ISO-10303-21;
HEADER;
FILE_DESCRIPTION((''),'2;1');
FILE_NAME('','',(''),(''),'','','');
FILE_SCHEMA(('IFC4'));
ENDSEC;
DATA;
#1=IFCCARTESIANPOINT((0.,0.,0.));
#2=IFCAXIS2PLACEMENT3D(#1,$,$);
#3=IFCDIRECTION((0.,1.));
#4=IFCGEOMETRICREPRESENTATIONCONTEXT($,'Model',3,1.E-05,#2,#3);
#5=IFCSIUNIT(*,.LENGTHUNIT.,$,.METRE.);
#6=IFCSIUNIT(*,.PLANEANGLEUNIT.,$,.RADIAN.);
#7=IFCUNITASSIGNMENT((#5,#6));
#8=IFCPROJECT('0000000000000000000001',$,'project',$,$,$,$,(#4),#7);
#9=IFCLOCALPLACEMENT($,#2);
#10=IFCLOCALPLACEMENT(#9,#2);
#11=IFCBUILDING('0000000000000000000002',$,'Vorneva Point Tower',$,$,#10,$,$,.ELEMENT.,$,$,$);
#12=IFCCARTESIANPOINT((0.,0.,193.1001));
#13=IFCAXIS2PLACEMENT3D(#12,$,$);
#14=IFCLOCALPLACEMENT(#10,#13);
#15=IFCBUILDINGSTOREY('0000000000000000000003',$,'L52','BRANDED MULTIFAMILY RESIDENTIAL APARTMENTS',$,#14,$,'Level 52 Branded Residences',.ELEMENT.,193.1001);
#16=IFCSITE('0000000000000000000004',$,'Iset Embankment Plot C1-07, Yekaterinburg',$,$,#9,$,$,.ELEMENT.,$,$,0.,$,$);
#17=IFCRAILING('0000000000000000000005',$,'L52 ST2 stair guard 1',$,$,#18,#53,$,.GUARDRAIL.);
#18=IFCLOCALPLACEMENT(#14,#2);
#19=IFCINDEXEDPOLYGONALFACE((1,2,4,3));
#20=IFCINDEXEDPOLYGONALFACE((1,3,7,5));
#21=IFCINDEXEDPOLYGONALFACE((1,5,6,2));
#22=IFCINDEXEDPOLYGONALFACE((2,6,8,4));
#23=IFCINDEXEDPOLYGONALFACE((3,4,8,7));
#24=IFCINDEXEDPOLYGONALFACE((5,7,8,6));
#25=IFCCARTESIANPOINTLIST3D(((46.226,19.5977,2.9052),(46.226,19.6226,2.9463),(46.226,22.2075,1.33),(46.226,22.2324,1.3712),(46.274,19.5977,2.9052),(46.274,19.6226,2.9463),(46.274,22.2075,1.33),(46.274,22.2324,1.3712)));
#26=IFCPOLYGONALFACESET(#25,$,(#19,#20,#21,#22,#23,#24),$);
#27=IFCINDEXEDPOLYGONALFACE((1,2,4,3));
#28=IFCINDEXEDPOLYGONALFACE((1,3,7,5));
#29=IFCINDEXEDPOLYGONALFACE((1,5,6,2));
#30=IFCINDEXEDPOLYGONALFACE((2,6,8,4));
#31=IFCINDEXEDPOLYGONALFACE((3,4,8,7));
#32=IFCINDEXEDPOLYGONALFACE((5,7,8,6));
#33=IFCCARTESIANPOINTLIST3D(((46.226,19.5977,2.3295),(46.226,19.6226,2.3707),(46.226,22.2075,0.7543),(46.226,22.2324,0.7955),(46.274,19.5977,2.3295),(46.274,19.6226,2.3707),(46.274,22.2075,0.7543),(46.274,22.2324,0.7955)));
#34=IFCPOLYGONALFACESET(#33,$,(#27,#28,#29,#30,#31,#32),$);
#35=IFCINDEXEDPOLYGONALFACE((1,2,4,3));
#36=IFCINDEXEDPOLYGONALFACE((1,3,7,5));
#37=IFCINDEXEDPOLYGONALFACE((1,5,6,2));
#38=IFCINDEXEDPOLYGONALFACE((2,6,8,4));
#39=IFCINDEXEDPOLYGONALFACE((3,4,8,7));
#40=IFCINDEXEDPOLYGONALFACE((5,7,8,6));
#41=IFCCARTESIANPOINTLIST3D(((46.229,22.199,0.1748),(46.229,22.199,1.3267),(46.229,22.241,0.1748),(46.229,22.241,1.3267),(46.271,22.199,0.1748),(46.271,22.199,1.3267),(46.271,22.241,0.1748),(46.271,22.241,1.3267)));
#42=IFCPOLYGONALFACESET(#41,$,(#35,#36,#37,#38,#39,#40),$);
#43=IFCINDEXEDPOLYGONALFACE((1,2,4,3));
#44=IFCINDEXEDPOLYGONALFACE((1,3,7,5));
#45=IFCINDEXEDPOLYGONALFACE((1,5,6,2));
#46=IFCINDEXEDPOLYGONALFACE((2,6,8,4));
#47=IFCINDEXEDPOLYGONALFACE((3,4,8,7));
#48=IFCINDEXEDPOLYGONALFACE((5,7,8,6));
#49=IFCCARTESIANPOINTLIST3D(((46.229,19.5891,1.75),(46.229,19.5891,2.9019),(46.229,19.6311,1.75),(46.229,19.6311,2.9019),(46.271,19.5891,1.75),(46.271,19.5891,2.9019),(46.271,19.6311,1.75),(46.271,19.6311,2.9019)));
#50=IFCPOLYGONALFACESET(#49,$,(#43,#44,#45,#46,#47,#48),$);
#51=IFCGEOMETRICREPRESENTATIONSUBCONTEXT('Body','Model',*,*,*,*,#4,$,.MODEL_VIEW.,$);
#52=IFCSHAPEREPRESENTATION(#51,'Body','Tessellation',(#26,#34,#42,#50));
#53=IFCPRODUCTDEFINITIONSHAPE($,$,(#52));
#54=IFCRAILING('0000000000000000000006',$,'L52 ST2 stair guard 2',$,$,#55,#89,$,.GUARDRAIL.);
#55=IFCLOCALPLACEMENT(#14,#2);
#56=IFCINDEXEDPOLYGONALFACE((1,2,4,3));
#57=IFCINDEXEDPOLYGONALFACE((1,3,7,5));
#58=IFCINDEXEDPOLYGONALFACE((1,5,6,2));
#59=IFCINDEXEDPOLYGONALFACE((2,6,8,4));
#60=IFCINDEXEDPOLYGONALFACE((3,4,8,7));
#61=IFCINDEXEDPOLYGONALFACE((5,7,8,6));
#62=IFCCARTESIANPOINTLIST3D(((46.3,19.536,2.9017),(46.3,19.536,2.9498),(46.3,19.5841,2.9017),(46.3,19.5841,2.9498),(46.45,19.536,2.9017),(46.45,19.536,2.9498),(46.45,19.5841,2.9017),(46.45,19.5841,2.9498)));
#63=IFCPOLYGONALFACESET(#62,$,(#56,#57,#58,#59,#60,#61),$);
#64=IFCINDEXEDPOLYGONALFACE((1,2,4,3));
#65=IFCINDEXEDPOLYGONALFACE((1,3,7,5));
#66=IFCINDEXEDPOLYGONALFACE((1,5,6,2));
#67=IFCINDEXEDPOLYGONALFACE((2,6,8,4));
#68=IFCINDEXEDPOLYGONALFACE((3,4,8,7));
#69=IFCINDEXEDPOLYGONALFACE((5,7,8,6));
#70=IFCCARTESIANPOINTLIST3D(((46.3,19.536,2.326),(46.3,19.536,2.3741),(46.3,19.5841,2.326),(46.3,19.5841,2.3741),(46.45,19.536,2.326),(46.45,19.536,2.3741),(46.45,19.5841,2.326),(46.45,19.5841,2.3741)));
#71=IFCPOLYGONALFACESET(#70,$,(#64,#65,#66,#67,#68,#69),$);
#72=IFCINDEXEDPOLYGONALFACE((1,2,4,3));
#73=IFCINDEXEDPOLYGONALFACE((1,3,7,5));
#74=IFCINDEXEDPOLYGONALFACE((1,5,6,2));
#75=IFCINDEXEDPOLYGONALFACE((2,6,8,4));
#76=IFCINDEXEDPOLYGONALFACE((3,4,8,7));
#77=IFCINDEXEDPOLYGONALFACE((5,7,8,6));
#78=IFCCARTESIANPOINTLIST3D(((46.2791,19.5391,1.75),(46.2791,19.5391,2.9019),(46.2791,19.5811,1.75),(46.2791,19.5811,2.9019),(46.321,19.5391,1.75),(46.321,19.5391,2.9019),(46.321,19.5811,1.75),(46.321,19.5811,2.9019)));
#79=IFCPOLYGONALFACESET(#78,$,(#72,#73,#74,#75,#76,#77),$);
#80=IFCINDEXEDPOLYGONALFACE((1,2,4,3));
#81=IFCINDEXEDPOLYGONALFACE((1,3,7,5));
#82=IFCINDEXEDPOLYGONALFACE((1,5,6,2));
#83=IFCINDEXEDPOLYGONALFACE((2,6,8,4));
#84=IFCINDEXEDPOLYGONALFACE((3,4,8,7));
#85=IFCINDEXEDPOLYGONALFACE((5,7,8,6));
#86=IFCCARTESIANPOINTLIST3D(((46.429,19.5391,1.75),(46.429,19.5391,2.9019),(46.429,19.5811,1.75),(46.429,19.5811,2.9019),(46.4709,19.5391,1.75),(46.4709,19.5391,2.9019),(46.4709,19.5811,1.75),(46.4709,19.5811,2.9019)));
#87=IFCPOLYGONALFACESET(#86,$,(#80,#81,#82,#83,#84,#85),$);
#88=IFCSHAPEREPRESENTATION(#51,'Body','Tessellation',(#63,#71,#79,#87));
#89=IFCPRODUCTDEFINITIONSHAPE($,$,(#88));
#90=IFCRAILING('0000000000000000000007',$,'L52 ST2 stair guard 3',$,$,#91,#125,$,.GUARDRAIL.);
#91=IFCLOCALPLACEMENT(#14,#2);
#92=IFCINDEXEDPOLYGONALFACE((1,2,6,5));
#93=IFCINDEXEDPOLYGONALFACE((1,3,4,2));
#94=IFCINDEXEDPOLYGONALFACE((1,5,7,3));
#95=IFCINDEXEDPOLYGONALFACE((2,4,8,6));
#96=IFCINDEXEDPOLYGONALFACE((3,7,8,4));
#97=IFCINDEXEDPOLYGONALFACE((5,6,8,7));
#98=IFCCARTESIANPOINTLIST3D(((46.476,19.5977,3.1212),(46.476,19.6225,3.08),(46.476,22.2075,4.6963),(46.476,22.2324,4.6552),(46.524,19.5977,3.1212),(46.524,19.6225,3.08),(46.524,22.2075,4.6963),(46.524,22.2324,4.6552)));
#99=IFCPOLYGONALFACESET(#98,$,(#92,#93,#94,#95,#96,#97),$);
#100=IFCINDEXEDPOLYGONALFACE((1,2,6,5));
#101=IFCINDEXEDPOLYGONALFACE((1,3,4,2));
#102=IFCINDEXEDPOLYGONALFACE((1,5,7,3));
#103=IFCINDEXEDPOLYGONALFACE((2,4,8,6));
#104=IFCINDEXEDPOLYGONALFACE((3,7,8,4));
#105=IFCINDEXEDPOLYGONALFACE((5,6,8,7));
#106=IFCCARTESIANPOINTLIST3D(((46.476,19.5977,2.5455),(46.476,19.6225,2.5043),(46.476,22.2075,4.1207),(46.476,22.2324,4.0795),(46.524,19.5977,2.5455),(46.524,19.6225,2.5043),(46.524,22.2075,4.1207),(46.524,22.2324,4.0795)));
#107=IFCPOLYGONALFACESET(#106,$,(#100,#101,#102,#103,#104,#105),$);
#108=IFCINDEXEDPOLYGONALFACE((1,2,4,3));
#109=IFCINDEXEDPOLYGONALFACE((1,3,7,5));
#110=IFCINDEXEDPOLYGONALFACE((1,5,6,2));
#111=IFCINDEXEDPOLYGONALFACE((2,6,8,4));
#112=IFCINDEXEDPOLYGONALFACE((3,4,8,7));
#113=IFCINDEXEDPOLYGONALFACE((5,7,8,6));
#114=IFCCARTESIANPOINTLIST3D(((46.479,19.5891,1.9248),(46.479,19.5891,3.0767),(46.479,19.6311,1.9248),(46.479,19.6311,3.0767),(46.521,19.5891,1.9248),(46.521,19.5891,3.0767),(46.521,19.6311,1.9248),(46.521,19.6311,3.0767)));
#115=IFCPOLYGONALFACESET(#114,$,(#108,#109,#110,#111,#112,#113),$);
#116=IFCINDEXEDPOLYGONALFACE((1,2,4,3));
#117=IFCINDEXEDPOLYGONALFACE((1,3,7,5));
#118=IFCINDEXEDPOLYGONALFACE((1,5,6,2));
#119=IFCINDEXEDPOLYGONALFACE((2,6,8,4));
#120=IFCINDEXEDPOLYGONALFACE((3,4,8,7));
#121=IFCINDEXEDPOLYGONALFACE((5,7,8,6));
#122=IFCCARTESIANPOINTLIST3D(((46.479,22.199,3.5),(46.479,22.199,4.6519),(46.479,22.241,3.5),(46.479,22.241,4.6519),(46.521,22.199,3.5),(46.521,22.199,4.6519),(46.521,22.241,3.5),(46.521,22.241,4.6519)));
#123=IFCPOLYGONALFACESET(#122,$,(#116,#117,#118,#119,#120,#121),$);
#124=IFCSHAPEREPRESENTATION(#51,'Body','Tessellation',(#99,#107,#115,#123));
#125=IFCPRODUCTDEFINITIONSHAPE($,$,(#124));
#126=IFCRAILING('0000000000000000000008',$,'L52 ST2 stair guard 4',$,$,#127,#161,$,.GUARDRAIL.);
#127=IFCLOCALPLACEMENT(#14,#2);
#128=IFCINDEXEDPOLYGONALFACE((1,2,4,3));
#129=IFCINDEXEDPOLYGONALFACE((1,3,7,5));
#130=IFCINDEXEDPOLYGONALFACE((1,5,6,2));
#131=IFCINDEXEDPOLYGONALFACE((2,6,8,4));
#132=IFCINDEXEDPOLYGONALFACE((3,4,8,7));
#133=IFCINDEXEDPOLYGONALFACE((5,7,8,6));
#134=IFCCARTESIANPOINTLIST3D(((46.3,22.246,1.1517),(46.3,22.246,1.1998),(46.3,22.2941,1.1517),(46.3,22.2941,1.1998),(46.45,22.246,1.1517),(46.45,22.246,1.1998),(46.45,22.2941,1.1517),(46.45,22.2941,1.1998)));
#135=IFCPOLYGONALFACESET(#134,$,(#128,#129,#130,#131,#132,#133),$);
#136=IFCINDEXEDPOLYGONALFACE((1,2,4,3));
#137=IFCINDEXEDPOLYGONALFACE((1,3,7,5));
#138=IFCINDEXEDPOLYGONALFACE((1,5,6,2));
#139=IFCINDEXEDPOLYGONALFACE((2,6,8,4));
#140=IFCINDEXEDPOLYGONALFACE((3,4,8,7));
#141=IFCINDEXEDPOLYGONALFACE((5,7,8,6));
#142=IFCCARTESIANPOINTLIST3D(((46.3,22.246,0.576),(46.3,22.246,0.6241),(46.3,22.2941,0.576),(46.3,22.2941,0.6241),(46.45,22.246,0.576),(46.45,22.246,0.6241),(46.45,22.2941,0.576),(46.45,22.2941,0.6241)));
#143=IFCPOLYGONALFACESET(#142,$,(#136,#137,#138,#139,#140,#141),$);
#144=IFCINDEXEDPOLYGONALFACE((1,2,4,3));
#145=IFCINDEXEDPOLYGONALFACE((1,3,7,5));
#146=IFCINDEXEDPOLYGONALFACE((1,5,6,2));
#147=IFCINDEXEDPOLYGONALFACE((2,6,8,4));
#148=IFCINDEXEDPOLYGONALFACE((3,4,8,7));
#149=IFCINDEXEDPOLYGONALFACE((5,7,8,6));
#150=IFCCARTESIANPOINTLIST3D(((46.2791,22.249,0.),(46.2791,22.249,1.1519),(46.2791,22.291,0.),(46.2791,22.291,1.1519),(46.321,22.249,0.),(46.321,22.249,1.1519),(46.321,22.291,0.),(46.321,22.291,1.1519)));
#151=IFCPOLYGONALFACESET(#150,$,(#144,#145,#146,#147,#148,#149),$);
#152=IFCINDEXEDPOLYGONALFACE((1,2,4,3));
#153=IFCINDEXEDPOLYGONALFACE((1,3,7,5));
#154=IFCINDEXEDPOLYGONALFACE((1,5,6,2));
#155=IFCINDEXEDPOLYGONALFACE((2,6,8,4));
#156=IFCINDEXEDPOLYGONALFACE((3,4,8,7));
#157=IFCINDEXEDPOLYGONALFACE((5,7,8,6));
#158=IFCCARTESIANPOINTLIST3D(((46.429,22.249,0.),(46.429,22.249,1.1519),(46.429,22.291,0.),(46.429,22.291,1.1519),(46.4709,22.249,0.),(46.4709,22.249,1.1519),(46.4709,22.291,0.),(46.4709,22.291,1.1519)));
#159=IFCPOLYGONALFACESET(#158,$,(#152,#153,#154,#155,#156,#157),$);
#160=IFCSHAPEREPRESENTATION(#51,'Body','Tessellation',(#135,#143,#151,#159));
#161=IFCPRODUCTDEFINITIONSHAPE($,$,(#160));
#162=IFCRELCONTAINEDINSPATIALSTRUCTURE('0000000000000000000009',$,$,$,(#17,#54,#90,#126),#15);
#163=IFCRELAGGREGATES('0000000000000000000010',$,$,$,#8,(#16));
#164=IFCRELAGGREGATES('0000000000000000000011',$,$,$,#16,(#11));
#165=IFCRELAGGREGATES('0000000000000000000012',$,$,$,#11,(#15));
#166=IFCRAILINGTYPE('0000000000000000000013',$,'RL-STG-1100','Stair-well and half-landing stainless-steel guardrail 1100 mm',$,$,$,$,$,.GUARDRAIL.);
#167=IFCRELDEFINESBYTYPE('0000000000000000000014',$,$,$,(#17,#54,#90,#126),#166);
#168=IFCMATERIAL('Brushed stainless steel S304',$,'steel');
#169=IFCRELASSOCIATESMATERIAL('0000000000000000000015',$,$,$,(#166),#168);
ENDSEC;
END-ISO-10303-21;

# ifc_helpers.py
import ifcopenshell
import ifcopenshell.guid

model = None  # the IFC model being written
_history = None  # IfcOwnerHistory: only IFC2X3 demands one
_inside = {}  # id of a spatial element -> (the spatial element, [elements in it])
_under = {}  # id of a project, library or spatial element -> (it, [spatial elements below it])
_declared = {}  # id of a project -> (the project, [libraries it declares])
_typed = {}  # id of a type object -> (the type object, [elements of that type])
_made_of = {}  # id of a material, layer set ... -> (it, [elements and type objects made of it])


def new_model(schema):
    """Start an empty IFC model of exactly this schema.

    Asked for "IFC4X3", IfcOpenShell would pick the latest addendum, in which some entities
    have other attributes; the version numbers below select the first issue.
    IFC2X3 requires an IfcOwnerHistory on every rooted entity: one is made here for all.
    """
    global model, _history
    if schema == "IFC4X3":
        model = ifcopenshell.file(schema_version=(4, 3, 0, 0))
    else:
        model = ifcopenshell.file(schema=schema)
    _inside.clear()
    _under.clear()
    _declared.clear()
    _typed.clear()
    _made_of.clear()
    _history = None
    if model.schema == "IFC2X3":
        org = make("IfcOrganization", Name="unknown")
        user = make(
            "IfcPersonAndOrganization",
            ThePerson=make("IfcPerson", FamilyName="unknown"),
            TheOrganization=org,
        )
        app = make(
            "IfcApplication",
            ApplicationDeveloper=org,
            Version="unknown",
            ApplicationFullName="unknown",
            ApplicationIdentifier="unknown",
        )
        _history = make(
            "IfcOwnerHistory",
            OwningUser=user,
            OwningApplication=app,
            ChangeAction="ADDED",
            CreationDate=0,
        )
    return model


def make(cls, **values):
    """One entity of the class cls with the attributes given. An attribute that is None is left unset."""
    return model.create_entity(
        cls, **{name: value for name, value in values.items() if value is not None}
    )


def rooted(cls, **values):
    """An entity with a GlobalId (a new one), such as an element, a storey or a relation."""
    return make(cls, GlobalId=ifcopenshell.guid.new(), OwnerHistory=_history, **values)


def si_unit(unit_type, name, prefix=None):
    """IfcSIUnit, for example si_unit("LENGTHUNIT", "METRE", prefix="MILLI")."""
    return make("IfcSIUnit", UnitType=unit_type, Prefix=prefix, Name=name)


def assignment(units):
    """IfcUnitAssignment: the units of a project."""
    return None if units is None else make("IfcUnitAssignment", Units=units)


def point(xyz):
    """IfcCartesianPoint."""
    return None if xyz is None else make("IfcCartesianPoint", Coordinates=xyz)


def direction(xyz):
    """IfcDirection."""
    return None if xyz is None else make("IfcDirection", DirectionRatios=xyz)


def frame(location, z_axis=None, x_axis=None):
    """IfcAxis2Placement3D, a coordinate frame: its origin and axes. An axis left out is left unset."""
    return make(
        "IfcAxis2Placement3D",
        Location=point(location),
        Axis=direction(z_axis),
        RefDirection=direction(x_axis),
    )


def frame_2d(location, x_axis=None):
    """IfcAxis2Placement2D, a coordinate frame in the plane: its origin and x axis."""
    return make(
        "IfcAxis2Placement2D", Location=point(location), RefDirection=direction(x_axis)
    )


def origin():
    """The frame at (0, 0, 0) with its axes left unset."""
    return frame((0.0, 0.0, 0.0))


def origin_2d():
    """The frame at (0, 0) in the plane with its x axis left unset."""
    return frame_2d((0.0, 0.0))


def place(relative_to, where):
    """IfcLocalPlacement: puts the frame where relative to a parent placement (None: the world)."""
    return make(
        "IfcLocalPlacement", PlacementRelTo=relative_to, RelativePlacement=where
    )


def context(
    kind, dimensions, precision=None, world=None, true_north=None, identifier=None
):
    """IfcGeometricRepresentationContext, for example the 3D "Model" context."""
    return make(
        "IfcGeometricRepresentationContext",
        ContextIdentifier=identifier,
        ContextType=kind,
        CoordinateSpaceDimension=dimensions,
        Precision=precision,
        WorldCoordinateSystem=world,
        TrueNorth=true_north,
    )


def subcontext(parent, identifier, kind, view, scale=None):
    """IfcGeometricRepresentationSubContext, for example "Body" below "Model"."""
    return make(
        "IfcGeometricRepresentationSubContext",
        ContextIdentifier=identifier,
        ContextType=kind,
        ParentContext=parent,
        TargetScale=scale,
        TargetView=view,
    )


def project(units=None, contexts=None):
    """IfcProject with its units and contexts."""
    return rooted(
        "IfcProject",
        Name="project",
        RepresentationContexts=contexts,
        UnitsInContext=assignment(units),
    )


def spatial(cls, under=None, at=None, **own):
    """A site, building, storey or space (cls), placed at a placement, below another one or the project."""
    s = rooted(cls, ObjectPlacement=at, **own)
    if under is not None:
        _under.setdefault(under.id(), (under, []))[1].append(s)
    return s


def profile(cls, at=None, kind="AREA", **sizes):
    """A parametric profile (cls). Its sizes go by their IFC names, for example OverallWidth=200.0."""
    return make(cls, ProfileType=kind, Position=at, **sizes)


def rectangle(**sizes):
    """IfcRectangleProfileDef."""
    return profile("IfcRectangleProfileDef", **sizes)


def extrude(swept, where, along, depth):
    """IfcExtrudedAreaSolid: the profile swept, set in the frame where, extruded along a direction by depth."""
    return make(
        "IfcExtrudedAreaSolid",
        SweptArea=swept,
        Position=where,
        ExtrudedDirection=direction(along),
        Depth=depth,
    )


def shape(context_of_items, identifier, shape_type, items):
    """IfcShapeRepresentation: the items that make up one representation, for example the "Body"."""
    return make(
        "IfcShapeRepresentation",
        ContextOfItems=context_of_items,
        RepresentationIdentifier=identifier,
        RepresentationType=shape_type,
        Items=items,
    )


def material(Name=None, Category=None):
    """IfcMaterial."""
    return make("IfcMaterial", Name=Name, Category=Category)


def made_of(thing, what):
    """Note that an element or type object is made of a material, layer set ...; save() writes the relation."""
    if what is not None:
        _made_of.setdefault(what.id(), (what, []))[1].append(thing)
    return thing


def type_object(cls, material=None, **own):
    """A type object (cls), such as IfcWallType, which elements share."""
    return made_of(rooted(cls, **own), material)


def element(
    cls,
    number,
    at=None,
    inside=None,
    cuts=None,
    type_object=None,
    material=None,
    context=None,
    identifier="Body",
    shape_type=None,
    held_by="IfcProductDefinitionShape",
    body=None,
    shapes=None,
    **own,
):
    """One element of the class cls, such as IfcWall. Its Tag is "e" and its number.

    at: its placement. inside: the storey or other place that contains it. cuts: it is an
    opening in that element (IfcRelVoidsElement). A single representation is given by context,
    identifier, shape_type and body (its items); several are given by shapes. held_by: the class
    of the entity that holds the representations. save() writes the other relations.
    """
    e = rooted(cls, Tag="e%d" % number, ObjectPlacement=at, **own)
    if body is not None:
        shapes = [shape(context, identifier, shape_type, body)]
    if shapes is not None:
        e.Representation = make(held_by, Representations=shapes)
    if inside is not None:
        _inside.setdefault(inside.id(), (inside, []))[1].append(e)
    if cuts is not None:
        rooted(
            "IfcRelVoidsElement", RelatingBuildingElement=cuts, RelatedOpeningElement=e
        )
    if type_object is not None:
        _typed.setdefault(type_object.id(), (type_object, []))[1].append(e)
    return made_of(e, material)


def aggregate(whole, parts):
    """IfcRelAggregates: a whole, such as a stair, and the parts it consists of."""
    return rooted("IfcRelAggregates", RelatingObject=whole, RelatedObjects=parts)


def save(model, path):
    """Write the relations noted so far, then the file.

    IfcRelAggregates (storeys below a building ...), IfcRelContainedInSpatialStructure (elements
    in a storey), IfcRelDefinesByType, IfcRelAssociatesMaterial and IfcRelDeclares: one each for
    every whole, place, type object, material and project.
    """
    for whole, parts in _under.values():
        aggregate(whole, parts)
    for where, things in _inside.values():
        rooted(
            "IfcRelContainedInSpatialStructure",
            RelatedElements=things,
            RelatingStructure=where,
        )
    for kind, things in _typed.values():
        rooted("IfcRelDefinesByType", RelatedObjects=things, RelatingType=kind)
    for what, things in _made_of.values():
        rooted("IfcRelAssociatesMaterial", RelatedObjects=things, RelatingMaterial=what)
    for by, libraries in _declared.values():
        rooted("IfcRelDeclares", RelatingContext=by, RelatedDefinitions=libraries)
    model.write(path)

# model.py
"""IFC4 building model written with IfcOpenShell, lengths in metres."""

from ifc_helpers import new_model, si_unit, direction, frame, origin, origin_2d, place, context, subcontext, project, spatial, rectangle, extrude, material, type_object, element, save


model = new_model("IFC4")

# Units and contexts
model_context = context("Model", 3, precision=1e-05, world=origin(), true_north=direction((0.0, 1.0)))
body_context = subcontext(model_context, "Body", "Model", "MODEL_VIEW")
ifc_project = project(units=[si_unit("LENGTHUNIT", "METRE"), si_unit("PLANEANGLEUNIT", "RADIAN")], contexts=[model_context])

# Site, building, storey
site_placement = place(None, origin())
site = spatial("IfcSite", under=ifc_project, at=site_placement, Name="Iset Embankment Plot C1-07, Yekaterinburg", CompositionType="ELEMENT", RefElevation=0.0)
building_placement = place(site_placement, origin())
building = spatial("IfcBuilding", under=site, at=building_placement, Name="Vorneva Point Tower", CompositionType="ELEMENT")
storey_placement = place(building_placement, frame((0.0, 0.0, 193.1001)))
storey = spatial("IfcBuildingStorey", under=building, at=storey_placement, Name="L52", Description="BRANDED MULTIFAMILY RESIDENTIAL APARTMENTS", LongName="Level 52 Branded Residences", CompositionType="ELEMENT", Elevation=193.1001)

# Railings
ifc_material_1 = material(Name="Brushed stainless steel S304", Category="steel")
railing_type_1 = type_object("IfcRailingType", Name="RL-STG-1100", Description="Stair-well and half-landing stainless-steel guardrail 1100 mm", PredefinedType="GUARDRAIL", material=ifc_material_1)
railing_1_placement = place(storey_placement, frame((46.25, 22.22, 0.1748)))
element("IfcRailing", 1, at=railing_1_placement, inside=storey, type_object=railing_type_1, Name="L52 ST2 stair guard 1", PredefinedType="GUARDRAIL", context=body_context, shape_type="SweptSolid", body=[
    extrude(rectangle(XDim=0.0481, YDim=0.0481, at=origin_2d()), frame((0.0, 0.0, 1.1758), z_axis=(0.0, -0.856147, 0.516732), x_axis=(1.0, 0.0, 0.0)), (0.0, 0.0, 1.0), 3.0483),
    extrude(rectangle(XDim=0.0481, YDim=0.0481, at=origin_2d()), frame((0.0, 0.0, 0.6001), z_axis=(0.0, -0.856147, 0.516732), x_axis=(1.0, 0.0, 0.0)), (0.0, 0.0, 1.0), 3.0483),
    extrude(rectangle(XDim=0.042, YDim=0.042, at=origin_2d()), origin(), (0.0, 0.0, 1.0), 1.1519),
    extrude(rectangle(XDim=0.042, YDim=0.042, at=origin_2d()), frame((0.0, -2.6099, 1.5752)), (0.0, 0.0, 1.0), 1.1519),
])
railing_2_placement = place(storey_placement, frame((46.3, 19.5601, 1.75)))
element("IfcRailing", 2, at=railing_2_placement, inside=storey, type_object=railing_type_1, Name="L52 ST2 stair guard 2", PredefinedType="GUARDRAIL", context=body_context, shape_type="SweptSolid", body=[
    extrude(rectangle(XDim=0.0481, YDim=0.0481, at=origin_2d()), frame((0.0, 0.0, 1.1758), z_axis=(1.0, 0.0, 0.0), x_axis=(0.0, 1.0, 0.0)), (0.0, 0.0, 1.0), 0.1499),
    extrude(rectangle(XDim=0.0481, YDim=0.0481, at=origin_2d()), frame((0.0, 0.0, 0.6001), z_axis=(1.0, 0.0, 0.0), x_axis=(0.0, 1.0, 0.0)), (0.0, 0.0, 1.0), 0.1499),
    extrude(rectangle(XDim=0.042, YDim=0.042, at=origin_2d()), origin(), (0.0, 0.0, 1.0), 1.1519),
    extrude(rectangle(XDim=0.042, YDim=0.042, at=origin_2d()), frame((0.1499, 0.0, 0.0)), (0.0, 0.0, 1.0), 1.1519),
])
railing_3_placement = place(storey_placement, frame((46.5, 19.6101, 1.9248)))
element("IfcRailing", 3, at=railing_3_placement, inside=storey, type_object=railing_type_1, Name="L52 ST2 stair guard 3", PredefinedType="GUARDRAIL", context=body_context, shape_type="SweptSolid", body=[
    extrude(rectangle(XDim=0.0481, YDim=0.0481, at=origin_2d()), frame((0.0, 0.0, 1.1758), z_axis=(0.0, 0.856147, 0.516732), x_axis=(-1.0, 0.0, 0.0)), (0.0, 0.0, 1.0), 3.0483),
    extrude(rectangle(XDim=0.0481, YDim=0.0481, at=origin_2d()), frame((0.0, 0.0, 0.6001), z_axis=(0.0, 0.856147, 0.516732), x_axis=(-1.0, 0.0, 0.0)), (0.0, 0.0, 1.0), 3.0483),
    extrude(rectangle(XDim=0.042, YDim=0.042, at=origin_2d()), origin(), (0.0, 0.0, 1.0), 1.1519),
    extrude(rectangle(XDim=0.042, YDim=0.042, at=origin_2d()), frame((0.0, 2.6099, 1.5752)), (0.0, 0.0, 1.0), 1.1519),
])
railing_4_placement = place(storey_placement, frame((46.3, 22.27, 0.0)))
element("IfcRailing", 4, at=railing_4_placement, inside=storey, type_object=railing_type_1, Name="L52 ST2 stair guard 4", PredefinedType="GUARDRAIL", context=body_context, shape_type="SweptSolid", body=[
    extrude(rectangle(XDim=0.0481, YDim=0.0481, at=origin_2d()), frame((0.0, 0.0, 1.1758), z_axis=(1.0, 0.0, 0.0), x_axis=(0.0, 1.0, 0.0)), (0.0, 0.0, 1.0), 0.1499),
    extrude(rectangle(XDim=0.0481, YDim=0.0481, at=origin_2d()), frame((0.0, 0.0, 0.6001), z_axis=(1.0, 0.0, 0.0), x_axis=(0.0, 1.0, 0.0)), (0.0, 0.0, 1.0), 0.1499),
    extrude(rectangle(XDim=0.042, YDim=0.042, at=origin_2d()), origin(), (0.0, 0.0, 1.0), 1.1519),
    extrude(rectangle(XDim=0.042, YDim=0.042, at=origin_2d()), frame((0.1499, 0.0, 0.0)), (0.0, 0.0, 1.0), 1.1519),
])

save(model, "model.ifc")
